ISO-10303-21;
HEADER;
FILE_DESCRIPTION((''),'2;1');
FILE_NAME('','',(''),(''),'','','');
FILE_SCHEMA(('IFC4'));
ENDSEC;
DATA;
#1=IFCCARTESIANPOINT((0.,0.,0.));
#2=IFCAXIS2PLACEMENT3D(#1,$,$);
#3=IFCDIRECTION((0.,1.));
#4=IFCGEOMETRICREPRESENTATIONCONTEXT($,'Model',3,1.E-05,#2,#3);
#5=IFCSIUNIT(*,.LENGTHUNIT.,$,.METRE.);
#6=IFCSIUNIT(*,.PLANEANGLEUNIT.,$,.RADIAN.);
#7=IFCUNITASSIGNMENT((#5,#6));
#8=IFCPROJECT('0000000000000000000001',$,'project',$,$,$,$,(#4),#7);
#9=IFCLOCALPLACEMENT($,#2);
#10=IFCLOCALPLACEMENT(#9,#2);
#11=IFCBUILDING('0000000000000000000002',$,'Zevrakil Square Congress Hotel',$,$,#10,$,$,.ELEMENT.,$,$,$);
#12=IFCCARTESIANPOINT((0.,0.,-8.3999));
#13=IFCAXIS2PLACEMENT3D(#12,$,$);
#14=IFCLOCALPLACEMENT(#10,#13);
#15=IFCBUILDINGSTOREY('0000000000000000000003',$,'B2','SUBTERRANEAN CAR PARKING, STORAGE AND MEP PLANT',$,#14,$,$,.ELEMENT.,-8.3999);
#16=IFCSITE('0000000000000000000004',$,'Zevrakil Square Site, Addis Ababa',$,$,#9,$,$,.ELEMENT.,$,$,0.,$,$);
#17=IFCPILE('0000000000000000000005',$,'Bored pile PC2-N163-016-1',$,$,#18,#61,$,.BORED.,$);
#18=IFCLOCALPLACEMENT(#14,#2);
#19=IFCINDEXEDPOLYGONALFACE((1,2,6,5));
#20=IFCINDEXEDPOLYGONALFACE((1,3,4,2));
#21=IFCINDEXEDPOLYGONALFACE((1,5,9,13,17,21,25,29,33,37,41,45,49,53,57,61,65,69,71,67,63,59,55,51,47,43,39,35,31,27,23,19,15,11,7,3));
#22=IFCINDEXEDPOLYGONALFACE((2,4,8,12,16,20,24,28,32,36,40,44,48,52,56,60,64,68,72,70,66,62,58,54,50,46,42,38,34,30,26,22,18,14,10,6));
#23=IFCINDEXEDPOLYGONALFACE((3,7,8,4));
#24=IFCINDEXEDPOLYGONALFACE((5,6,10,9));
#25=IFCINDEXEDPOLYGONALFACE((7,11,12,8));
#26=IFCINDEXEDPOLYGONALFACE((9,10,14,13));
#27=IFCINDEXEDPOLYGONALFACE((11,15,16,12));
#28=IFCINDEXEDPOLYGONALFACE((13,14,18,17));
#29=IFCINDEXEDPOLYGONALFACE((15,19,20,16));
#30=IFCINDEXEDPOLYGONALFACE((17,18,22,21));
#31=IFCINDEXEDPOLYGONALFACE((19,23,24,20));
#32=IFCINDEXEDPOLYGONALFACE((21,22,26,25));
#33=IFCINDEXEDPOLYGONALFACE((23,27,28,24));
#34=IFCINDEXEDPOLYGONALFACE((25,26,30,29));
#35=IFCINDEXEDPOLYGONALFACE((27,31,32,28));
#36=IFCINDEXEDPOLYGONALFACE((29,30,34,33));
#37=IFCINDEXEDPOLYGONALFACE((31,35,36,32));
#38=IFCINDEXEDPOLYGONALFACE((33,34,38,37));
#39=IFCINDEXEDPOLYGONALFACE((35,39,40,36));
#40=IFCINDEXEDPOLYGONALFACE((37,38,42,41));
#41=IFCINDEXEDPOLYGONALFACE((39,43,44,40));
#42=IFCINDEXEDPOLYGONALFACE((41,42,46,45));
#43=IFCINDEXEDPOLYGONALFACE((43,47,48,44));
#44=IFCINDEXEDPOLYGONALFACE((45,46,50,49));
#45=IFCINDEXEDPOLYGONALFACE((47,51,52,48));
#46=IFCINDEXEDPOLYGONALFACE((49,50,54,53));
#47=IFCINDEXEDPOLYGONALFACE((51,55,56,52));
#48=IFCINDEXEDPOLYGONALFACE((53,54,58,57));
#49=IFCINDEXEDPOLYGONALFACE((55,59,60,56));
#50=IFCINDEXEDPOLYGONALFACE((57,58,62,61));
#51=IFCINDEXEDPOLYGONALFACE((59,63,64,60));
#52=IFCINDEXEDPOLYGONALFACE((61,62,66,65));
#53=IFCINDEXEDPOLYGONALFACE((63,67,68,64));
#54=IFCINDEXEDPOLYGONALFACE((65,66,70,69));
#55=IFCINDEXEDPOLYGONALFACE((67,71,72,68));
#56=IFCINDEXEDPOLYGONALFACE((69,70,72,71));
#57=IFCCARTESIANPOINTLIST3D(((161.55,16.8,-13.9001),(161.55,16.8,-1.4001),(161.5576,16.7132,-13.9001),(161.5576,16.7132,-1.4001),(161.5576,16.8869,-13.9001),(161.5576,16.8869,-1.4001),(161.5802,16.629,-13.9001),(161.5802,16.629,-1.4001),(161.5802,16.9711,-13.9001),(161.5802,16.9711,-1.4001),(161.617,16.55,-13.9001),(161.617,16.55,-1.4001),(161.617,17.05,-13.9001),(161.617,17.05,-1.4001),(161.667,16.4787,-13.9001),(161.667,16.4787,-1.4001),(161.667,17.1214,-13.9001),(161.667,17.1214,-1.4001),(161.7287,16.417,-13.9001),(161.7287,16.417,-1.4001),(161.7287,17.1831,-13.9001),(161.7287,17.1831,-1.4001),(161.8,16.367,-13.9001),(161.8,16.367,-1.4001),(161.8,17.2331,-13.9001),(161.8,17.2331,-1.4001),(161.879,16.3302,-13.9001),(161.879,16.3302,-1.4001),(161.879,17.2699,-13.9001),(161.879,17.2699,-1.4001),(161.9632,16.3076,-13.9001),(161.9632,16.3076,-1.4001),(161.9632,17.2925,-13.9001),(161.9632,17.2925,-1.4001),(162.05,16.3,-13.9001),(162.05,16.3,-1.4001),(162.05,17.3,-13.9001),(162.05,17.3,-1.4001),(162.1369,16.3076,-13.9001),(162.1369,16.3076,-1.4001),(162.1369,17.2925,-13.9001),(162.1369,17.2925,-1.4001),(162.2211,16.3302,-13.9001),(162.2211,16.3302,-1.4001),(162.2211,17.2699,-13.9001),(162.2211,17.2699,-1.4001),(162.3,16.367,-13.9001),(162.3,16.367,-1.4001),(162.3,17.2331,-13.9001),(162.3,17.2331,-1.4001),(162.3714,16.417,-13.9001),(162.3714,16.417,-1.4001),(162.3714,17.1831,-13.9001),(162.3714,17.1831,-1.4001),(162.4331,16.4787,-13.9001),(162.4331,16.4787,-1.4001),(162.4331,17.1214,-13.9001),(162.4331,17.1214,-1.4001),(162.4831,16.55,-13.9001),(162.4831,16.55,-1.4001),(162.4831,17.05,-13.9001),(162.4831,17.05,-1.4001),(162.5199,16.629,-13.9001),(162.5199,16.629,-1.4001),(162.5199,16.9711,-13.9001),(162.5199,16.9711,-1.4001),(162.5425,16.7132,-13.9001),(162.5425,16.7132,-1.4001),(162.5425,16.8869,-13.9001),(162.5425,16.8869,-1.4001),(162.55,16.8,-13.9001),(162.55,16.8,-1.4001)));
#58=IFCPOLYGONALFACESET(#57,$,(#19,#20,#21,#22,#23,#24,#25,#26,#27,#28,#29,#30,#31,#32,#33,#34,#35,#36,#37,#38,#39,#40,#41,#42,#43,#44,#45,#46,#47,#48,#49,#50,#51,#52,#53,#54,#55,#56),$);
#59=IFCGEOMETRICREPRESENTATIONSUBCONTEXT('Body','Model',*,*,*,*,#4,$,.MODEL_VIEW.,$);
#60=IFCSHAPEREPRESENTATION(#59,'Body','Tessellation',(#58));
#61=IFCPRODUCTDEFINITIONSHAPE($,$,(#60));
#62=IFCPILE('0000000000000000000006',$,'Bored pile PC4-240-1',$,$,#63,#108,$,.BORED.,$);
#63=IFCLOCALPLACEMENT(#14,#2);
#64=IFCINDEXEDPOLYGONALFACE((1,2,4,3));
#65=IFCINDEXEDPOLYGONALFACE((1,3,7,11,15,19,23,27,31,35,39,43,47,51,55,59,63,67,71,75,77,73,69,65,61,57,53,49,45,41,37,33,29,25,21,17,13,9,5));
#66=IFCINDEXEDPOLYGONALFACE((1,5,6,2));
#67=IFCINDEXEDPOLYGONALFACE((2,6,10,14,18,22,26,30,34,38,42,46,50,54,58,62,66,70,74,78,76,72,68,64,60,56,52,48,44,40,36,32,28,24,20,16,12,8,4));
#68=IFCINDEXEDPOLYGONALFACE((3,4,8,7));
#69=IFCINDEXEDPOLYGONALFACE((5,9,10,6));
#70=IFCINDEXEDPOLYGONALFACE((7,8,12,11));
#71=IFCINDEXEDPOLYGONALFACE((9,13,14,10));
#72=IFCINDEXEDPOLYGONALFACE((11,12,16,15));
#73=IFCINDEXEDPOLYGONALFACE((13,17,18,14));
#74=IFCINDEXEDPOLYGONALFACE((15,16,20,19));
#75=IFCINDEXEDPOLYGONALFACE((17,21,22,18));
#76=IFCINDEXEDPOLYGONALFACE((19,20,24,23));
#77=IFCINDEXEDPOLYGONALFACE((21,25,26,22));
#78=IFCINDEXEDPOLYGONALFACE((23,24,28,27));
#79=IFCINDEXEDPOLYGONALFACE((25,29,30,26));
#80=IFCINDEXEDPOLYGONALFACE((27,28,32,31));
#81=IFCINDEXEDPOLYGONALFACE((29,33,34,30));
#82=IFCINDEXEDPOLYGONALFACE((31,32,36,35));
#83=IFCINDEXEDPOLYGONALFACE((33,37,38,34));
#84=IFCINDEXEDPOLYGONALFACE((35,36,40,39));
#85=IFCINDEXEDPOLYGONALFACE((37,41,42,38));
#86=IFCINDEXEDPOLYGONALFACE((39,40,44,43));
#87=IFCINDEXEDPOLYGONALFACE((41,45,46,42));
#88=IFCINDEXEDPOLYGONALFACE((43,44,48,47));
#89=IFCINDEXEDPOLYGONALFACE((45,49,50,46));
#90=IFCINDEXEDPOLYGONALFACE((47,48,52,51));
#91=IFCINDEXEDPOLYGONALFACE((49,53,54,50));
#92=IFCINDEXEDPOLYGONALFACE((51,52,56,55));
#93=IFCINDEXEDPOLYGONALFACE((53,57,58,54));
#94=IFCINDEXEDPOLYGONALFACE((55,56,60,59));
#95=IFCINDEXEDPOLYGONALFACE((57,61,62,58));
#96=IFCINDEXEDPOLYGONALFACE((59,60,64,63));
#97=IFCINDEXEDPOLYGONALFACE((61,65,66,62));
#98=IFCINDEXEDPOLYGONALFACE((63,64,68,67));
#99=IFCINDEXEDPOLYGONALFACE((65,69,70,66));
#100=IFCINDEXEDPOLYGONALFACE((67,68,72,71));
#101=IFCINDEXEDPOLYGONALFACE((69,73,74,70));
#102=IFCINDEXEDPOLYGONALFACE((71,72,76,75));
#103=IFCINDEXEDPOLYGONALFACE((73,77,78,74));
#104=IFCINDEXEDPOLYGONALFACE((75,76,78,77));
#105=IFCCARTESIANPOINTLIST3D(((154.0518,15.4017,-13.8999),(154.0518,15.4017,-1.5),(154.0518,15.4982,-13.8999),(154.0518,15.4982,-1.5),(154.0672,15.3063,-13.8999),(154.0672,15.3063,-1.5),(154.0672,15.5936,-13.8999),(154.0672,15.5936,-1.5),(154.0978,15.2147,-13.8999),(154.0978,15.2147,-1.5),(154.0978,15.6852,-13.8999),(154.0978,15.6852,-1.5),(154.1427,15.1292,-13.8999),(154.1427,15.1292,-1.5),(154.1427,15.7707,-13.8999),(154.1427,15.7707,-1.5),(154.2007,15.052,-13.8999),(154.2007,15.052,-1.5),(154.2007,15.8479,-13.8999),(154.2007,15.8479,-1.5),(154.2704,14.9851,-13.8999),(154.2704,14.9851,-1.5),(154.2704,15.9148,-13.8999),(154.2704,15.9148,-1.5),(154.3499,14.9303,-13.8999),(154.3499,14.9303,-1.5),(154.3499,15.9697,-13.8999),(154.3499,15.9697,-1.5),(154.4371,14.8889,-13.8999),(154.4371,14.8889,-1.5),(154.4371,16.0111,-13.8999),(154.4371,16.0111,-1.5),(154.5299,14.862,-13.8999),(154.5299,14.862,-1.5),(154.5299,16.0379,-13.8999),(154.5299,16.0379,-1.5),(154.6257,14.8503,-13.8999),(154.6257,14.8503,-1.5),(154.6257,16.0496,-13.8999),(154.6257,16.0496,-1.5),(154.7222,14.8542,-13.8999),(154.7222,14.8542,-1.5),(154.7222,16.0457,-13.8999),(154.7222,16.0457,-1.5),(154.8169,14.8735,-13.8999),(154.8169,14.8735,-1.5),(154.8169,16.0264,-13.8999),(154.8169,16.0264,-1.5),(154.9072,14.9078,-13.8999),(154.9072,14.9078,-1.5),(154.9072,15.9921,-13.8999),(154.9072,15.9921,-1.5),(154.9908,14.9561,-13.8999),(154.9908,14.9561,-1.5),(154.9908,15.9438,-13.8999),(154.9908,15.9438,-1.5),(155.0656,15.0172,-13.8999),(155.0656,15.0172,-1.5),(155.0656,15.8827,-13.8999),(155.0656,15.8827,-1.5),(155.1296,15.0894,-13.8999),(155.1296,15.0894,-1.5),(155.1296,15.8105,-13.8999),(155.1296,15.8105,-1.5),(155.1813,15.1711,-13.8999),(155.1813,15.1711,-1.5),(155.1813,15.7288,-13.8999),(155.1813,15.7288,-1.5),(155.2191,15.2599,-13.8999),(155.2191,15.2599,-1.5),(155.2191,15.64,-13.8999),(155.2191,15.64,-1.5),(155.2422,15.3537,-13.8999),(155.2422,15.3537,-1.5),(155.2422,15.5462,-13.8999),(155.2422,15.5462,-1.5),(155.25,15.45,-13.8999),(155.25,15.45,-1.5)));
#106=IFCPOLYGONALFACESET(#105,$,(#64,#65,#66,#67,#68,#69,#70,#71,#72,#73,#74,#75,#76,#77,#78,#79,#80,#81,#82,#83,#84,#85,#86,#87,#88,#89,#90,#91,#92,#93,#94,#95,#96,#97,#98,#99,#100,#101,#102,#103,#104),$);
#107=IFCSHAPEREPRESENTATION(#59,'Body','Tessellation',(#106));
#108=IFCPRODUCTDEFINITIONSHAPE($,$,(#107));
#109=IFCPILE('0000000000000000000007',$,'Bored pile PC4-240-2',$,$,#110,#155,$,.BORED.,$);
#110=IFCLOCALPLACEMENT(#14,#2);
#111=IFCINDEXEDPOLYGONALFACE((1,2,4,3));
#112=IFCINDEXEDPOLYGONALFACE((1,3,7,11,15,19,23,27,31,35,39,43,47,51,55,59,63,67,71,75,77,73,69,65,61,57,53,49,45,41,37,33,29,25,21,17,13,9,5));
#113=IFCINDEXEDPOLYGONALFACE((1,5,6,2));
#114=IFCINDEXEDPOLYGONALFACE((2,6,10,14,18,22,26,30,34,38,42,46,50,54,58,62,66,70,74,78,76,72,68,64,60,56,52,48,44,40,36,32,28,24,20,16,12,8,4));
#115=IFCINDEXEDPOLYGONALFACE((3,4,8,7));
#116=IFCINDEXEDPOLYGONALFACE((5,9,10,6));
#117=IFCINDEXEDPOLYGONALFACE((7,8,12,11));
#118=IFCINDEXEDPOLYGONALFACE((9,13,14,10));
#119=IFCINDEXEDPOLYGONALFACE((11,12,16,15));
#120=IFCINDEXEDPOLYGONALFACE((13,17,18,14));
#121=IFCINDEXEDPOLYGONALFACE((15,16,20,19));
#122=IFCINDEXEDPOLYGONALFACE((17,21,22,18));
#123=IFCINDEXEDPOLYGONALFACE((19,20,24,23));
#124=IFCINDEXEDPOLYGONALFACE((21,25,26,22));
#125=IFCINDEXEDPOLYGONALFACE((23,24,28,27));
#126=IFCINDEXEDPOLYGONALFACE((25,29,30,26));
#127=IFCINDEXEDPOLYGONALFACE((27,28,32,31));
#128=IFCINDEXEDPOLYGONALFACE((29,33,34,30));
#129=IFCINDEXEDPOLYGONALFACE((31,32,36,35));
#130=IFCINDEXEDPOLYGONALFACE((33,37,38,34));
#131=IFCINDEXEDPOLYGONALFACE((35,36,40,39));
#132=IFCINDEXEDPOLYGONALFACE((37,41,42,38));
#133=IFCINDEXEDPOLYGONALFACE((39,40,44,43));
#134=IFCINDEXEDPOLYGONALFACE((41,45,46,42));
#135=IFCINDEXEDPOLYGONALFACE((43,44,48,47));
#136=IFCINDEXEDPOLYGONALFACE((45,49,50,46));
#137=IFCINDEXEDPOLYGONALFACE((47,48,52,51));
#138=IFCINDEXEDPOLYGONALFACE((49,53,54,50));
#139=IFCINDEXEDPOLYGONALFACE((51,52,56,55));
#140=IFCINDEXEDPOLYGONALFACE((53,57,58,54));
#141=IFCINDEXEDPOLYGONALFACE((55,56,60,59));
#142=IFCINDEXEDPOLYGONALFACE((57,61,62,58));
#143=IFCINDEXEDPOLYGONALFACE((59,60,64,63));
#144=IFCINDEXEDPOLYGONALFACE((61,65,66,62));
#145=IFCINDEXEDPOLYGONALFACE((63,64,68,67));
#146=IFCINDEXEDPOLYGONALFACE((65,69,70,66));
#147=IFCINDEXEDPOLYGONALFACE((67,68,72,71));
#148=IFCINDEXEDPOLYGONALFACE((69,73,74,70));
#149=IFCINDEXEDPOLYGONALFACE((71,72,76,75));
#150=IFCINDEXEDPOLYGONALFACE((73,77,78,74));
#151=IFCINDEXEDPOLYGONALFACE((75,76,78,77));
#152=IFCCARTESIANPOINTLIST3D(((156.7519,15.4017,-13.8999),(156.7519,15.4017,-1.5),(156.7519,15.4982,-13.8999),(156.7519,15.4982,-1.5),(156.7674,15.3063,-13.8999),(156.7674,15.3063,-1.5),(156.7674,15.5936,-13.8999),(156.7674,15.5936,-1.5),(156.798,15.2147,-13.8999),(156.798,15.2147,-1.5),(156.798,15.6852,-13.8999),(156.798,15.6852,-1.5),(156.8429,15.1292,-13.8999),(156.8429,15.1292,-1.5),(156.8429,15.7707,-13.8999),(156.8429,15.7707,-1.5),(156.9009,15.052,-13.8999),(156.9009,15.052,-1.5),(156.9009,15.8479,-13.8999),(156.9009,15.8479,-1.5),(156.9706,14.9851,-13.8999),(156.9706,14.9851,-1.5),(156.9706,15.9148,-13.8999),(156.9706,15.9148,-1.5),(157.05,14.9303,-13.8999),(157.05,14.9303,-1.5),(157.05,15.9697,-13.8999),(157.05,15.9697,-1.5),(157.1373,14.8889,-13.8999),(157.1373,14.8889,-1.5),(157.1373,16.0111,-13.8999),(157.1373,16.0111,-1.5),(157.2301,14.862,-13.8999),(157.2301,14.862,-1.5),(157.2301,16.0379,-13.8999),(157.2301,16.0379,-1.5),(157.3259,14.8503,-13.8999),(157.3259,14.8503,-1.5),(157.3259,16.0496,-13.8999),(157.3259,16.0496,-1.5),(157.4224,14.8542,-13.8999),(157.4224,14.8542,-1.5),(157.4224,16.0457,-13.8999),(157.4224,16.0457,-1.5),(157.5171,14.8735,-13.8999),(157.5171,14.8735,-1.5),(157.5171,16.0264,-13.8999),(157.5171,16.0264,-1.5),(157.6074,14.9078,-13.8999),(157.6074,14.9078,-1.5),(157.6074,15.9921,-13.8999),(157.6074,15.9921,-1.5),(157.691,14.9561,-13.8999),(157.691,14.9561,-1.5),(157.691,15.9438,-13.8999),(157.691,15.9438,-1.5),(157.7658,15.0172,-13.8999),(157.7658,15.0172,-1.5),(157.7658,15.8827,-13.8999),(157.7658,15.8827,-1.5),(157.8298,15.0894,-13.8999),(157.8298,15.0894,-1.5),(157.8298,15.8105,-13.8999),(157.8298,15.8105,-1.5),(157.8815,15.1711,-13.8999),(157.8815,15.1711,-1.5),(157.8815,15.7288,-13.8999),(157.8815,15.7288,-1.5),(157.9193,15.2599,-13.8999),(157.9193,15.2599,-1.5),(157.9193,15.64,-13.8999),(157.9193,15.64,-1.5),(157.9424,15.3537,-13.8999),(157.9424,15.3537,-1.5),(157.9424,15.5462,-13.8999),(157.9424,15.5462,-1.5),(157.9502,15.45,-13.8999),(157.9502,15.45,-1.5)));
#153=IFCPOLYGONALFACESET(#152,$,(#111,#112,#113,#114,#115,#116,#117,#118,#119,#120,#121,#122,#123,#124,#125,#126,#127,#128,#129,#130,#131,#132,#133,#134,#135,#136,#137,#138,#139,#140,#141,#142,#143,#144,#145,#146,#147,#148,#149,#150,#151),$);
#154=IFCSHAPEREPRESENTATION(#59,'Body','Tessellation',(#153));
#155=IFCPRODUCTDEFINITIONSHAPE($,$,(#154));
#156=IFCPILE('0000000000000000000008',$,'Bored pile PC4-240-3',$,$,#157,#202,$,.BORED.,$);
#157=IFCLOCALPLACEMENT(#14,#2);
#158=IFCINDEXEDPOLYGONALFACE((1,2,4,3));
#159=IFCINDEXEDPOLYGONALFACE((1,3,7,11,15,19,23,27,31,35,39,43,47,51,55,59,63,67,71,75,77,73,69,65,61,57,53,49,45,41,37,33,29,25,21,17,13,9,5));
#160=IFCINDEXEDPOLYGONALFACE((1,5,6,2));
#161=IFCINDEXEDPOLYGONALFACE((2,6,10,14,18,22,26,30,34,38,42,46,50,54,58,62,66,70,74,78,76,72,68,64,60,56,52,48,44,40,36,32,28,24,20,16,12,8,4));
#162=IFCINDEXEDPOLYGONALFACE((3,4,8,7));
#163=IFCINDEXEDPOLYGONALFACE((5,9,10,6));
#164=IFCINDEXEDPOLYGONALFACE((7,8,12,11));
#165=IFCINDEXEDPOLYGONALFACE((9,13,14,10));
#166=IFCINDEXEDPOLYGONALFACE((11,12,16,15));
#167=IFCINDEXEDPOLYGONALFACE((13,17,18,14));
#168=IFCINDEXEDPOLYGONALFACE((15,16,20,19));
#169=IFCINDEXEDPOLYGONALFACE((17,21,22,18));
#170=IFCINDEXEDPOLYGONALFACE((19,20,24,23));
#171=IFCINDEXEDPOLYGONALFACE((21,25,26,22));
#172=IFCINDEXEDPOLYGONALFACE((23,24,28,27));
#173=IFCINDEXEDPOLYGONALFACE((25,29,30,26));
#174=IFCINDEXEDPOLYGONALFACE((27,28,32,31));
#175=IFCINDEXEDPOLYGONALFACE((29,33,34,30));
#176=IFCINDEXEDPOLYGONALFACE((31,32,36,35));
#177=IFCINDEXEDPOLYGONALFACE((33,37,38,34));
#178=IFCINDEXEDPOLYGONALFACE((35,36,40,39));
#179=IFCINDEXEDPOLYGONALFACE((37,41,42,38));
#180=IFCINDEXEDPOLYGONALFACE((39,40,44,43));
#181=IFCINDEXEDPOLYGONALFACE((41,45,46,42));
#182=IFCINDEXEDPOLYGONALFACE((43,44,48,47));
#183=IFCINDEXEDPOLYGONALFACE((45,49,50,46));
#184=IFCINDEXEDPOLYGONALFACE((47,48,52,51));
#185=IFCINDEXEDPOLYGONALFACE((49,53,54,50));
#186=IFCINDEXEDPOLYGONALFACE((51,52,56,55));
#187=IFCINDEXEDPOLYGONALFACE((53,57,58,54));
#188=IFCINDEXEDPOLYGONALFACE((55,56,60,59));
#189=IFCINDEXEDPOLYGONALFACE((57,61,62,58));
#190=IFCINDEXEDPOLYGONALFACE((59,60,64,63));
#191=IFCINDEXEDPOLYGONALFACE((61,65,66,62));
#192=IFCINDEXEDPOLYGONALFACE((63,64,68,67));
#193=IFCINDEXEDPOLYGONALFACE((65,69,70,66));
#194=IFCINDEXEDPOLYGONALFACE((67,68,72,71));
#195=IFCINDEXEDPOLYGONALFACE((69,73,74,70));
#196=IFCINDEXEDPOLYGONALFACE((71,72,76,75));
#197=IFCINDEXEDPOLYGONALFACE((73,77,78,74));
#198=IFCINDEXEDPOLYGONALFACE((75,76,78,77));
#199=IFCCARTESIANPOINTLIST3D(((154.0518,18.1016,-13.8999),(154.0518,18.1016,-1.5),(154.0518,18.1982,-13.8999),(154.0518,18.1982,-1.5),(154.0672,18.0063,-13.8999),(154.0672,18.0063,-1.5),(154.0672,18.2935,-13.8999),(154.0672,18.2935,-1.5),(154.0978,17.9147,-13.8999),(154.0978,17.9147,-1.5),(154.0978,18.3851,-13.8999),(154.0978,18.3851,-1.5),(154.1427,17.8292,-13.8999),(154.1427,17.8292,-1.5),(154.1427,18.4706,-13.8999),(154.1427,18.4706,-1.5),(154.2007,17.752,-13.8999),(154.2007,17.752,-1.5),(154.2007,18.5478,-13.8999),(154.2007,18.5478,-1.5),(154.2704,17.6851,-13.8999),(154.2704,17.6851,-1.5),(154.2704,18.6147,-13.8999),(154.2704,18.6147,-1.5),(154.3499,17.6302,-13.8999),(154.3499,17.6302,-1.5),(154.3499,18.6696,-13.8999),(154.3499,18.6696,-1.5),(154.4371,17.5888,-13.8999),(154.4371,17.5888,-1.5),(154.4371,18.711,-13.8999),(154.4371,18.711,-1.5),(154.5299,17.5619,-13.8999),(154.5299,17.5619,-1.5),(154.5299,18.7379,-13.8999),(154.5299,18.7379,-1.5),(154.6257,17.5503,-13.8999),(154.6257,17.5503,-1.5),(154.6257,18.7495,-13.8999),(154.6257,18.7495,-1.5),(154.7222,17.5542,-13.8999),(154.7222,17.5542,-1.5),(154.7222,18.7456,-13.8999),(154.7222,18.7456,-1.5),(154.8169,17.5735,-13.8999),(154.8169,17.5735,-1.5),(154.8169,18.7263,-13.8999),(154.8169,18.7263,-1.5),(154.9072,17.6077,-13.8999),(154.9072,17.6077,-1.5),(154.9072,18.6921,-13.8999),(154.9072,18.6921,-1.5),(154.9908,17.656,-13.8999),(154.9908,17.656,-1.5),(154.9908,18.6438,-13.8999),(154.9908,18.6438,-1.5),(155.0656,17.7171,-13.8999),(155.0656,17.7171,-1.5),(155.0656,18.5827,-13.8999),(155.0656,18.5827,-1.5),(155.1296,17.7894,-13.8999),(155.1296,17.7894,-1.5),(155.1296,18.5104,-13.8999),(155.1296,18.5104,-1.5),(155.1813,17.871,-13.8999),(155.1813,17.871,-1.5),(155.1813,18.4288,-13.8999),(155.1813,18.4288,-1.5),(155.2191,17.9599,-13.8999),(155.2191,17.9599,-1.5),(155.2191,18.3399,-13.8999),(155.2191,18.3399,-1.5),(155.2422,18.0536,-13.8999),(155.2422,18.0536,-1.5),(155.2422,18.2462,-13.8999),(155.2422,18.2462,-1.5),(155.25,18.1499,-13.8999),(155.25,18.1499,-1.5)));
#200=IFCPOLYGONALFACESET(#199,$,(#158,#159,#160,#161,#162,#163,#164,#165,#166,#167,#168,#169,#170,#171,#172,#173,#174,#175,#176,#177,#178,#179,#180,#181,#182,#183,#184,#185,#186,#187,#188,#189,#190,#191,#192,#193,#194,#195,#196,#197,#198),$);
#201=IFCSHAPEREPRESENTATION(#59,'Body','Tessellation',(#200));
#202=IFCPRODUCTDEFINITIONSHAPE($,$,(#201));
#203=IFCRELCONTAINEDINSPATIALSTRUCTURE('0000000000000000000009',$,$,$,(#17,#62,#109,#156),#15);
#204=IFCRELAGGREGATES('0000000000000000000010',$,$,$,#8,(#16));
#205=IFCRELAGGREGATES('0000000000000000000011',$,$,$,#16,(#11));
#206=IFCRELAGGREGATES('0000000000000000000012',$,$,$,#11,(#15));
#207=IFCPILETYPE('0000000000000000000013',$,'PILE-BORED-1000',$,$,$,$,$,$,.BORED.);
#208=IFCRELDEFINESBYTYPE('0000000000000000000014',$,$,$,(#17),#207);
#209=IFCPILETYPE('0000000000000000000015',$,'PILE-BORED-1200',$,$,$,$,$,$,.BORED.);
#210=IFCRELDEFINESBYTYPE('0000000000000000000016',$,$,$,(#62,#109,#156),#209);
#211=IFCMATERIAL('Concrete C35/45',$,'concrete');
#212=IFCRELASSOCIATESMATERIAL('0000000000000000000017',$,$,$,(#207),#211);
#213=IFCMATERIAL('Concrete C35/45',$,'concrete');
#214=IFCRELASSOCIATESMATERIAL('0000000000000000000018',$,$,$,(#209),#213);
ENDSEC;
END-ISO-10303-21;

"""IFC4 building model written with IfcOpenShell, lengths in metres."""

from ifc_helpers import new_model, si_unit, direction, frame, origin, origin_2d, place, context, subcontext, project, spatial, circle, extrude, material, material_profile, profile_set, type_object, element, save


model = new_model("IFC4")

# Units and contexts
model_context = context("Model", 3, precision=1e-05, world=origin(), true_north=direction((0.0, 1.0)))
body_context = subcontext(model_context, "Body", "Model", "MODEL_VIEW")
ifc_project = project(units=[si_unit("LENGTHUNIT", "METRE"), si_unit("PLANEANGLEUNIT", "RADIAN")], contexts=[model_context])

# Site, building, storey
site_placement = place(None, origin())
site = spatial("IfcSite", under=ifc_project, at=site_placement, Name="Zevrakil Square Site, Addis Ababa", CompositionType="ELEMENT", RefElevation=0.0)
building_placement = place(site_placement, origin())
building = spatial("IfcBuilding", under=site, at=building_placement, Name="Zevrakil Square Congress Hotel", CompositionType="ELEMENT")
storey_placement = place(building_placement, frame((0.0, 0.0, -8.3999)))
storey = spatial("IfcBuildingStorey", under=building, at=storey_placement, Name="B2", Description="SUBTERRANEAN CAR PARKING, STORAGE AND MEP PLANT", CompositionType="ELEMENT", Elevation=-8.3999)

# Piles
ifc_material_1 = material(Name="Concrete C35/45", Category="concrete")
ifc_material_profile_1 = material_profile(ifc_material_1, circle(Radius=0.5, at=origin_2d()), Name="PILE D1000")
ifc_profile_set_1 = profile_set([ifc_material_profile_1], Name="Concrete C35/45")
pile_type_1 = type_object("IfcPileType", Name="PILE-BORED-1000", PredefinedType="BORED", material=ifc_profile_set_1)
pile_1_placement = place(storey_placement, frame((162.05, 16.8, -1.4001), z_axis=(0.0, 0.0, -1.0), x_axis=(1.0, 0.0, 0.0)))
element("IfcPile", 1, at=pile_1_placement, inside=storey, type_object=pile_type_1, Name="Bored pile PC2-N163-016-1", PredefinedType="BORED", context=body_context, shape_type="SweptSolid", body=[
    extrude(circle(Radius=0.5, at=origin_2d()), origin(), (0.0, 0.0, 1.0), 12.5),
])
ifc_material_2 = material(Name="Concrete C35/45", Category="concrete")
ifc_material_profile_2 = material_profile(ifc_material_2, circle(Radius=0.6001, at=origin_2d()), Name="PILE D1200")
ifc_profile_set_2 = profile_set([ifc_material_profile_2], Name="Concrete C35/45")
pile_type_2 = type_object("IfcPileType", Name="PILE-BORED-1200", PredefinedType="BORED", material=ifc_profile_set_2)
for number, where, z_axis, x_axis, name in (
    (2, (154.6499, 15.45, -1.5), (0.0, 0.0, -1.0), (1.0, 0.0, 0.0), "Bored pile PC4-240-1"),
    (3, (157.3501, 15.45, -1.5), (0.0, 0.0, -1.0), (1.0, 0.0, 0.0), "Bored pile PC4-240-2"),
    (4, (154.6499, 18.1499, -1.5), (0.0, 0.0, -1.0), (1.0, 0.0, 0.0), "Bored pile PC4-240-3"),
):
    element("IfcPile", number, at=place(storey_placement, frame(where, z_axis=z_axis, x_axis=x_axis)), inside=storey, type_object=pile_type_2, Name=name, PredefinedType="BORED", context=body_context, shape_type="SweptSolid", body=[
        extrude(circle(Radius=0.6001, at=origin_2d()), origin(), (0.0, 0.0, 1.0), 12.3999),
    ])

save(model, "model.ifc")
